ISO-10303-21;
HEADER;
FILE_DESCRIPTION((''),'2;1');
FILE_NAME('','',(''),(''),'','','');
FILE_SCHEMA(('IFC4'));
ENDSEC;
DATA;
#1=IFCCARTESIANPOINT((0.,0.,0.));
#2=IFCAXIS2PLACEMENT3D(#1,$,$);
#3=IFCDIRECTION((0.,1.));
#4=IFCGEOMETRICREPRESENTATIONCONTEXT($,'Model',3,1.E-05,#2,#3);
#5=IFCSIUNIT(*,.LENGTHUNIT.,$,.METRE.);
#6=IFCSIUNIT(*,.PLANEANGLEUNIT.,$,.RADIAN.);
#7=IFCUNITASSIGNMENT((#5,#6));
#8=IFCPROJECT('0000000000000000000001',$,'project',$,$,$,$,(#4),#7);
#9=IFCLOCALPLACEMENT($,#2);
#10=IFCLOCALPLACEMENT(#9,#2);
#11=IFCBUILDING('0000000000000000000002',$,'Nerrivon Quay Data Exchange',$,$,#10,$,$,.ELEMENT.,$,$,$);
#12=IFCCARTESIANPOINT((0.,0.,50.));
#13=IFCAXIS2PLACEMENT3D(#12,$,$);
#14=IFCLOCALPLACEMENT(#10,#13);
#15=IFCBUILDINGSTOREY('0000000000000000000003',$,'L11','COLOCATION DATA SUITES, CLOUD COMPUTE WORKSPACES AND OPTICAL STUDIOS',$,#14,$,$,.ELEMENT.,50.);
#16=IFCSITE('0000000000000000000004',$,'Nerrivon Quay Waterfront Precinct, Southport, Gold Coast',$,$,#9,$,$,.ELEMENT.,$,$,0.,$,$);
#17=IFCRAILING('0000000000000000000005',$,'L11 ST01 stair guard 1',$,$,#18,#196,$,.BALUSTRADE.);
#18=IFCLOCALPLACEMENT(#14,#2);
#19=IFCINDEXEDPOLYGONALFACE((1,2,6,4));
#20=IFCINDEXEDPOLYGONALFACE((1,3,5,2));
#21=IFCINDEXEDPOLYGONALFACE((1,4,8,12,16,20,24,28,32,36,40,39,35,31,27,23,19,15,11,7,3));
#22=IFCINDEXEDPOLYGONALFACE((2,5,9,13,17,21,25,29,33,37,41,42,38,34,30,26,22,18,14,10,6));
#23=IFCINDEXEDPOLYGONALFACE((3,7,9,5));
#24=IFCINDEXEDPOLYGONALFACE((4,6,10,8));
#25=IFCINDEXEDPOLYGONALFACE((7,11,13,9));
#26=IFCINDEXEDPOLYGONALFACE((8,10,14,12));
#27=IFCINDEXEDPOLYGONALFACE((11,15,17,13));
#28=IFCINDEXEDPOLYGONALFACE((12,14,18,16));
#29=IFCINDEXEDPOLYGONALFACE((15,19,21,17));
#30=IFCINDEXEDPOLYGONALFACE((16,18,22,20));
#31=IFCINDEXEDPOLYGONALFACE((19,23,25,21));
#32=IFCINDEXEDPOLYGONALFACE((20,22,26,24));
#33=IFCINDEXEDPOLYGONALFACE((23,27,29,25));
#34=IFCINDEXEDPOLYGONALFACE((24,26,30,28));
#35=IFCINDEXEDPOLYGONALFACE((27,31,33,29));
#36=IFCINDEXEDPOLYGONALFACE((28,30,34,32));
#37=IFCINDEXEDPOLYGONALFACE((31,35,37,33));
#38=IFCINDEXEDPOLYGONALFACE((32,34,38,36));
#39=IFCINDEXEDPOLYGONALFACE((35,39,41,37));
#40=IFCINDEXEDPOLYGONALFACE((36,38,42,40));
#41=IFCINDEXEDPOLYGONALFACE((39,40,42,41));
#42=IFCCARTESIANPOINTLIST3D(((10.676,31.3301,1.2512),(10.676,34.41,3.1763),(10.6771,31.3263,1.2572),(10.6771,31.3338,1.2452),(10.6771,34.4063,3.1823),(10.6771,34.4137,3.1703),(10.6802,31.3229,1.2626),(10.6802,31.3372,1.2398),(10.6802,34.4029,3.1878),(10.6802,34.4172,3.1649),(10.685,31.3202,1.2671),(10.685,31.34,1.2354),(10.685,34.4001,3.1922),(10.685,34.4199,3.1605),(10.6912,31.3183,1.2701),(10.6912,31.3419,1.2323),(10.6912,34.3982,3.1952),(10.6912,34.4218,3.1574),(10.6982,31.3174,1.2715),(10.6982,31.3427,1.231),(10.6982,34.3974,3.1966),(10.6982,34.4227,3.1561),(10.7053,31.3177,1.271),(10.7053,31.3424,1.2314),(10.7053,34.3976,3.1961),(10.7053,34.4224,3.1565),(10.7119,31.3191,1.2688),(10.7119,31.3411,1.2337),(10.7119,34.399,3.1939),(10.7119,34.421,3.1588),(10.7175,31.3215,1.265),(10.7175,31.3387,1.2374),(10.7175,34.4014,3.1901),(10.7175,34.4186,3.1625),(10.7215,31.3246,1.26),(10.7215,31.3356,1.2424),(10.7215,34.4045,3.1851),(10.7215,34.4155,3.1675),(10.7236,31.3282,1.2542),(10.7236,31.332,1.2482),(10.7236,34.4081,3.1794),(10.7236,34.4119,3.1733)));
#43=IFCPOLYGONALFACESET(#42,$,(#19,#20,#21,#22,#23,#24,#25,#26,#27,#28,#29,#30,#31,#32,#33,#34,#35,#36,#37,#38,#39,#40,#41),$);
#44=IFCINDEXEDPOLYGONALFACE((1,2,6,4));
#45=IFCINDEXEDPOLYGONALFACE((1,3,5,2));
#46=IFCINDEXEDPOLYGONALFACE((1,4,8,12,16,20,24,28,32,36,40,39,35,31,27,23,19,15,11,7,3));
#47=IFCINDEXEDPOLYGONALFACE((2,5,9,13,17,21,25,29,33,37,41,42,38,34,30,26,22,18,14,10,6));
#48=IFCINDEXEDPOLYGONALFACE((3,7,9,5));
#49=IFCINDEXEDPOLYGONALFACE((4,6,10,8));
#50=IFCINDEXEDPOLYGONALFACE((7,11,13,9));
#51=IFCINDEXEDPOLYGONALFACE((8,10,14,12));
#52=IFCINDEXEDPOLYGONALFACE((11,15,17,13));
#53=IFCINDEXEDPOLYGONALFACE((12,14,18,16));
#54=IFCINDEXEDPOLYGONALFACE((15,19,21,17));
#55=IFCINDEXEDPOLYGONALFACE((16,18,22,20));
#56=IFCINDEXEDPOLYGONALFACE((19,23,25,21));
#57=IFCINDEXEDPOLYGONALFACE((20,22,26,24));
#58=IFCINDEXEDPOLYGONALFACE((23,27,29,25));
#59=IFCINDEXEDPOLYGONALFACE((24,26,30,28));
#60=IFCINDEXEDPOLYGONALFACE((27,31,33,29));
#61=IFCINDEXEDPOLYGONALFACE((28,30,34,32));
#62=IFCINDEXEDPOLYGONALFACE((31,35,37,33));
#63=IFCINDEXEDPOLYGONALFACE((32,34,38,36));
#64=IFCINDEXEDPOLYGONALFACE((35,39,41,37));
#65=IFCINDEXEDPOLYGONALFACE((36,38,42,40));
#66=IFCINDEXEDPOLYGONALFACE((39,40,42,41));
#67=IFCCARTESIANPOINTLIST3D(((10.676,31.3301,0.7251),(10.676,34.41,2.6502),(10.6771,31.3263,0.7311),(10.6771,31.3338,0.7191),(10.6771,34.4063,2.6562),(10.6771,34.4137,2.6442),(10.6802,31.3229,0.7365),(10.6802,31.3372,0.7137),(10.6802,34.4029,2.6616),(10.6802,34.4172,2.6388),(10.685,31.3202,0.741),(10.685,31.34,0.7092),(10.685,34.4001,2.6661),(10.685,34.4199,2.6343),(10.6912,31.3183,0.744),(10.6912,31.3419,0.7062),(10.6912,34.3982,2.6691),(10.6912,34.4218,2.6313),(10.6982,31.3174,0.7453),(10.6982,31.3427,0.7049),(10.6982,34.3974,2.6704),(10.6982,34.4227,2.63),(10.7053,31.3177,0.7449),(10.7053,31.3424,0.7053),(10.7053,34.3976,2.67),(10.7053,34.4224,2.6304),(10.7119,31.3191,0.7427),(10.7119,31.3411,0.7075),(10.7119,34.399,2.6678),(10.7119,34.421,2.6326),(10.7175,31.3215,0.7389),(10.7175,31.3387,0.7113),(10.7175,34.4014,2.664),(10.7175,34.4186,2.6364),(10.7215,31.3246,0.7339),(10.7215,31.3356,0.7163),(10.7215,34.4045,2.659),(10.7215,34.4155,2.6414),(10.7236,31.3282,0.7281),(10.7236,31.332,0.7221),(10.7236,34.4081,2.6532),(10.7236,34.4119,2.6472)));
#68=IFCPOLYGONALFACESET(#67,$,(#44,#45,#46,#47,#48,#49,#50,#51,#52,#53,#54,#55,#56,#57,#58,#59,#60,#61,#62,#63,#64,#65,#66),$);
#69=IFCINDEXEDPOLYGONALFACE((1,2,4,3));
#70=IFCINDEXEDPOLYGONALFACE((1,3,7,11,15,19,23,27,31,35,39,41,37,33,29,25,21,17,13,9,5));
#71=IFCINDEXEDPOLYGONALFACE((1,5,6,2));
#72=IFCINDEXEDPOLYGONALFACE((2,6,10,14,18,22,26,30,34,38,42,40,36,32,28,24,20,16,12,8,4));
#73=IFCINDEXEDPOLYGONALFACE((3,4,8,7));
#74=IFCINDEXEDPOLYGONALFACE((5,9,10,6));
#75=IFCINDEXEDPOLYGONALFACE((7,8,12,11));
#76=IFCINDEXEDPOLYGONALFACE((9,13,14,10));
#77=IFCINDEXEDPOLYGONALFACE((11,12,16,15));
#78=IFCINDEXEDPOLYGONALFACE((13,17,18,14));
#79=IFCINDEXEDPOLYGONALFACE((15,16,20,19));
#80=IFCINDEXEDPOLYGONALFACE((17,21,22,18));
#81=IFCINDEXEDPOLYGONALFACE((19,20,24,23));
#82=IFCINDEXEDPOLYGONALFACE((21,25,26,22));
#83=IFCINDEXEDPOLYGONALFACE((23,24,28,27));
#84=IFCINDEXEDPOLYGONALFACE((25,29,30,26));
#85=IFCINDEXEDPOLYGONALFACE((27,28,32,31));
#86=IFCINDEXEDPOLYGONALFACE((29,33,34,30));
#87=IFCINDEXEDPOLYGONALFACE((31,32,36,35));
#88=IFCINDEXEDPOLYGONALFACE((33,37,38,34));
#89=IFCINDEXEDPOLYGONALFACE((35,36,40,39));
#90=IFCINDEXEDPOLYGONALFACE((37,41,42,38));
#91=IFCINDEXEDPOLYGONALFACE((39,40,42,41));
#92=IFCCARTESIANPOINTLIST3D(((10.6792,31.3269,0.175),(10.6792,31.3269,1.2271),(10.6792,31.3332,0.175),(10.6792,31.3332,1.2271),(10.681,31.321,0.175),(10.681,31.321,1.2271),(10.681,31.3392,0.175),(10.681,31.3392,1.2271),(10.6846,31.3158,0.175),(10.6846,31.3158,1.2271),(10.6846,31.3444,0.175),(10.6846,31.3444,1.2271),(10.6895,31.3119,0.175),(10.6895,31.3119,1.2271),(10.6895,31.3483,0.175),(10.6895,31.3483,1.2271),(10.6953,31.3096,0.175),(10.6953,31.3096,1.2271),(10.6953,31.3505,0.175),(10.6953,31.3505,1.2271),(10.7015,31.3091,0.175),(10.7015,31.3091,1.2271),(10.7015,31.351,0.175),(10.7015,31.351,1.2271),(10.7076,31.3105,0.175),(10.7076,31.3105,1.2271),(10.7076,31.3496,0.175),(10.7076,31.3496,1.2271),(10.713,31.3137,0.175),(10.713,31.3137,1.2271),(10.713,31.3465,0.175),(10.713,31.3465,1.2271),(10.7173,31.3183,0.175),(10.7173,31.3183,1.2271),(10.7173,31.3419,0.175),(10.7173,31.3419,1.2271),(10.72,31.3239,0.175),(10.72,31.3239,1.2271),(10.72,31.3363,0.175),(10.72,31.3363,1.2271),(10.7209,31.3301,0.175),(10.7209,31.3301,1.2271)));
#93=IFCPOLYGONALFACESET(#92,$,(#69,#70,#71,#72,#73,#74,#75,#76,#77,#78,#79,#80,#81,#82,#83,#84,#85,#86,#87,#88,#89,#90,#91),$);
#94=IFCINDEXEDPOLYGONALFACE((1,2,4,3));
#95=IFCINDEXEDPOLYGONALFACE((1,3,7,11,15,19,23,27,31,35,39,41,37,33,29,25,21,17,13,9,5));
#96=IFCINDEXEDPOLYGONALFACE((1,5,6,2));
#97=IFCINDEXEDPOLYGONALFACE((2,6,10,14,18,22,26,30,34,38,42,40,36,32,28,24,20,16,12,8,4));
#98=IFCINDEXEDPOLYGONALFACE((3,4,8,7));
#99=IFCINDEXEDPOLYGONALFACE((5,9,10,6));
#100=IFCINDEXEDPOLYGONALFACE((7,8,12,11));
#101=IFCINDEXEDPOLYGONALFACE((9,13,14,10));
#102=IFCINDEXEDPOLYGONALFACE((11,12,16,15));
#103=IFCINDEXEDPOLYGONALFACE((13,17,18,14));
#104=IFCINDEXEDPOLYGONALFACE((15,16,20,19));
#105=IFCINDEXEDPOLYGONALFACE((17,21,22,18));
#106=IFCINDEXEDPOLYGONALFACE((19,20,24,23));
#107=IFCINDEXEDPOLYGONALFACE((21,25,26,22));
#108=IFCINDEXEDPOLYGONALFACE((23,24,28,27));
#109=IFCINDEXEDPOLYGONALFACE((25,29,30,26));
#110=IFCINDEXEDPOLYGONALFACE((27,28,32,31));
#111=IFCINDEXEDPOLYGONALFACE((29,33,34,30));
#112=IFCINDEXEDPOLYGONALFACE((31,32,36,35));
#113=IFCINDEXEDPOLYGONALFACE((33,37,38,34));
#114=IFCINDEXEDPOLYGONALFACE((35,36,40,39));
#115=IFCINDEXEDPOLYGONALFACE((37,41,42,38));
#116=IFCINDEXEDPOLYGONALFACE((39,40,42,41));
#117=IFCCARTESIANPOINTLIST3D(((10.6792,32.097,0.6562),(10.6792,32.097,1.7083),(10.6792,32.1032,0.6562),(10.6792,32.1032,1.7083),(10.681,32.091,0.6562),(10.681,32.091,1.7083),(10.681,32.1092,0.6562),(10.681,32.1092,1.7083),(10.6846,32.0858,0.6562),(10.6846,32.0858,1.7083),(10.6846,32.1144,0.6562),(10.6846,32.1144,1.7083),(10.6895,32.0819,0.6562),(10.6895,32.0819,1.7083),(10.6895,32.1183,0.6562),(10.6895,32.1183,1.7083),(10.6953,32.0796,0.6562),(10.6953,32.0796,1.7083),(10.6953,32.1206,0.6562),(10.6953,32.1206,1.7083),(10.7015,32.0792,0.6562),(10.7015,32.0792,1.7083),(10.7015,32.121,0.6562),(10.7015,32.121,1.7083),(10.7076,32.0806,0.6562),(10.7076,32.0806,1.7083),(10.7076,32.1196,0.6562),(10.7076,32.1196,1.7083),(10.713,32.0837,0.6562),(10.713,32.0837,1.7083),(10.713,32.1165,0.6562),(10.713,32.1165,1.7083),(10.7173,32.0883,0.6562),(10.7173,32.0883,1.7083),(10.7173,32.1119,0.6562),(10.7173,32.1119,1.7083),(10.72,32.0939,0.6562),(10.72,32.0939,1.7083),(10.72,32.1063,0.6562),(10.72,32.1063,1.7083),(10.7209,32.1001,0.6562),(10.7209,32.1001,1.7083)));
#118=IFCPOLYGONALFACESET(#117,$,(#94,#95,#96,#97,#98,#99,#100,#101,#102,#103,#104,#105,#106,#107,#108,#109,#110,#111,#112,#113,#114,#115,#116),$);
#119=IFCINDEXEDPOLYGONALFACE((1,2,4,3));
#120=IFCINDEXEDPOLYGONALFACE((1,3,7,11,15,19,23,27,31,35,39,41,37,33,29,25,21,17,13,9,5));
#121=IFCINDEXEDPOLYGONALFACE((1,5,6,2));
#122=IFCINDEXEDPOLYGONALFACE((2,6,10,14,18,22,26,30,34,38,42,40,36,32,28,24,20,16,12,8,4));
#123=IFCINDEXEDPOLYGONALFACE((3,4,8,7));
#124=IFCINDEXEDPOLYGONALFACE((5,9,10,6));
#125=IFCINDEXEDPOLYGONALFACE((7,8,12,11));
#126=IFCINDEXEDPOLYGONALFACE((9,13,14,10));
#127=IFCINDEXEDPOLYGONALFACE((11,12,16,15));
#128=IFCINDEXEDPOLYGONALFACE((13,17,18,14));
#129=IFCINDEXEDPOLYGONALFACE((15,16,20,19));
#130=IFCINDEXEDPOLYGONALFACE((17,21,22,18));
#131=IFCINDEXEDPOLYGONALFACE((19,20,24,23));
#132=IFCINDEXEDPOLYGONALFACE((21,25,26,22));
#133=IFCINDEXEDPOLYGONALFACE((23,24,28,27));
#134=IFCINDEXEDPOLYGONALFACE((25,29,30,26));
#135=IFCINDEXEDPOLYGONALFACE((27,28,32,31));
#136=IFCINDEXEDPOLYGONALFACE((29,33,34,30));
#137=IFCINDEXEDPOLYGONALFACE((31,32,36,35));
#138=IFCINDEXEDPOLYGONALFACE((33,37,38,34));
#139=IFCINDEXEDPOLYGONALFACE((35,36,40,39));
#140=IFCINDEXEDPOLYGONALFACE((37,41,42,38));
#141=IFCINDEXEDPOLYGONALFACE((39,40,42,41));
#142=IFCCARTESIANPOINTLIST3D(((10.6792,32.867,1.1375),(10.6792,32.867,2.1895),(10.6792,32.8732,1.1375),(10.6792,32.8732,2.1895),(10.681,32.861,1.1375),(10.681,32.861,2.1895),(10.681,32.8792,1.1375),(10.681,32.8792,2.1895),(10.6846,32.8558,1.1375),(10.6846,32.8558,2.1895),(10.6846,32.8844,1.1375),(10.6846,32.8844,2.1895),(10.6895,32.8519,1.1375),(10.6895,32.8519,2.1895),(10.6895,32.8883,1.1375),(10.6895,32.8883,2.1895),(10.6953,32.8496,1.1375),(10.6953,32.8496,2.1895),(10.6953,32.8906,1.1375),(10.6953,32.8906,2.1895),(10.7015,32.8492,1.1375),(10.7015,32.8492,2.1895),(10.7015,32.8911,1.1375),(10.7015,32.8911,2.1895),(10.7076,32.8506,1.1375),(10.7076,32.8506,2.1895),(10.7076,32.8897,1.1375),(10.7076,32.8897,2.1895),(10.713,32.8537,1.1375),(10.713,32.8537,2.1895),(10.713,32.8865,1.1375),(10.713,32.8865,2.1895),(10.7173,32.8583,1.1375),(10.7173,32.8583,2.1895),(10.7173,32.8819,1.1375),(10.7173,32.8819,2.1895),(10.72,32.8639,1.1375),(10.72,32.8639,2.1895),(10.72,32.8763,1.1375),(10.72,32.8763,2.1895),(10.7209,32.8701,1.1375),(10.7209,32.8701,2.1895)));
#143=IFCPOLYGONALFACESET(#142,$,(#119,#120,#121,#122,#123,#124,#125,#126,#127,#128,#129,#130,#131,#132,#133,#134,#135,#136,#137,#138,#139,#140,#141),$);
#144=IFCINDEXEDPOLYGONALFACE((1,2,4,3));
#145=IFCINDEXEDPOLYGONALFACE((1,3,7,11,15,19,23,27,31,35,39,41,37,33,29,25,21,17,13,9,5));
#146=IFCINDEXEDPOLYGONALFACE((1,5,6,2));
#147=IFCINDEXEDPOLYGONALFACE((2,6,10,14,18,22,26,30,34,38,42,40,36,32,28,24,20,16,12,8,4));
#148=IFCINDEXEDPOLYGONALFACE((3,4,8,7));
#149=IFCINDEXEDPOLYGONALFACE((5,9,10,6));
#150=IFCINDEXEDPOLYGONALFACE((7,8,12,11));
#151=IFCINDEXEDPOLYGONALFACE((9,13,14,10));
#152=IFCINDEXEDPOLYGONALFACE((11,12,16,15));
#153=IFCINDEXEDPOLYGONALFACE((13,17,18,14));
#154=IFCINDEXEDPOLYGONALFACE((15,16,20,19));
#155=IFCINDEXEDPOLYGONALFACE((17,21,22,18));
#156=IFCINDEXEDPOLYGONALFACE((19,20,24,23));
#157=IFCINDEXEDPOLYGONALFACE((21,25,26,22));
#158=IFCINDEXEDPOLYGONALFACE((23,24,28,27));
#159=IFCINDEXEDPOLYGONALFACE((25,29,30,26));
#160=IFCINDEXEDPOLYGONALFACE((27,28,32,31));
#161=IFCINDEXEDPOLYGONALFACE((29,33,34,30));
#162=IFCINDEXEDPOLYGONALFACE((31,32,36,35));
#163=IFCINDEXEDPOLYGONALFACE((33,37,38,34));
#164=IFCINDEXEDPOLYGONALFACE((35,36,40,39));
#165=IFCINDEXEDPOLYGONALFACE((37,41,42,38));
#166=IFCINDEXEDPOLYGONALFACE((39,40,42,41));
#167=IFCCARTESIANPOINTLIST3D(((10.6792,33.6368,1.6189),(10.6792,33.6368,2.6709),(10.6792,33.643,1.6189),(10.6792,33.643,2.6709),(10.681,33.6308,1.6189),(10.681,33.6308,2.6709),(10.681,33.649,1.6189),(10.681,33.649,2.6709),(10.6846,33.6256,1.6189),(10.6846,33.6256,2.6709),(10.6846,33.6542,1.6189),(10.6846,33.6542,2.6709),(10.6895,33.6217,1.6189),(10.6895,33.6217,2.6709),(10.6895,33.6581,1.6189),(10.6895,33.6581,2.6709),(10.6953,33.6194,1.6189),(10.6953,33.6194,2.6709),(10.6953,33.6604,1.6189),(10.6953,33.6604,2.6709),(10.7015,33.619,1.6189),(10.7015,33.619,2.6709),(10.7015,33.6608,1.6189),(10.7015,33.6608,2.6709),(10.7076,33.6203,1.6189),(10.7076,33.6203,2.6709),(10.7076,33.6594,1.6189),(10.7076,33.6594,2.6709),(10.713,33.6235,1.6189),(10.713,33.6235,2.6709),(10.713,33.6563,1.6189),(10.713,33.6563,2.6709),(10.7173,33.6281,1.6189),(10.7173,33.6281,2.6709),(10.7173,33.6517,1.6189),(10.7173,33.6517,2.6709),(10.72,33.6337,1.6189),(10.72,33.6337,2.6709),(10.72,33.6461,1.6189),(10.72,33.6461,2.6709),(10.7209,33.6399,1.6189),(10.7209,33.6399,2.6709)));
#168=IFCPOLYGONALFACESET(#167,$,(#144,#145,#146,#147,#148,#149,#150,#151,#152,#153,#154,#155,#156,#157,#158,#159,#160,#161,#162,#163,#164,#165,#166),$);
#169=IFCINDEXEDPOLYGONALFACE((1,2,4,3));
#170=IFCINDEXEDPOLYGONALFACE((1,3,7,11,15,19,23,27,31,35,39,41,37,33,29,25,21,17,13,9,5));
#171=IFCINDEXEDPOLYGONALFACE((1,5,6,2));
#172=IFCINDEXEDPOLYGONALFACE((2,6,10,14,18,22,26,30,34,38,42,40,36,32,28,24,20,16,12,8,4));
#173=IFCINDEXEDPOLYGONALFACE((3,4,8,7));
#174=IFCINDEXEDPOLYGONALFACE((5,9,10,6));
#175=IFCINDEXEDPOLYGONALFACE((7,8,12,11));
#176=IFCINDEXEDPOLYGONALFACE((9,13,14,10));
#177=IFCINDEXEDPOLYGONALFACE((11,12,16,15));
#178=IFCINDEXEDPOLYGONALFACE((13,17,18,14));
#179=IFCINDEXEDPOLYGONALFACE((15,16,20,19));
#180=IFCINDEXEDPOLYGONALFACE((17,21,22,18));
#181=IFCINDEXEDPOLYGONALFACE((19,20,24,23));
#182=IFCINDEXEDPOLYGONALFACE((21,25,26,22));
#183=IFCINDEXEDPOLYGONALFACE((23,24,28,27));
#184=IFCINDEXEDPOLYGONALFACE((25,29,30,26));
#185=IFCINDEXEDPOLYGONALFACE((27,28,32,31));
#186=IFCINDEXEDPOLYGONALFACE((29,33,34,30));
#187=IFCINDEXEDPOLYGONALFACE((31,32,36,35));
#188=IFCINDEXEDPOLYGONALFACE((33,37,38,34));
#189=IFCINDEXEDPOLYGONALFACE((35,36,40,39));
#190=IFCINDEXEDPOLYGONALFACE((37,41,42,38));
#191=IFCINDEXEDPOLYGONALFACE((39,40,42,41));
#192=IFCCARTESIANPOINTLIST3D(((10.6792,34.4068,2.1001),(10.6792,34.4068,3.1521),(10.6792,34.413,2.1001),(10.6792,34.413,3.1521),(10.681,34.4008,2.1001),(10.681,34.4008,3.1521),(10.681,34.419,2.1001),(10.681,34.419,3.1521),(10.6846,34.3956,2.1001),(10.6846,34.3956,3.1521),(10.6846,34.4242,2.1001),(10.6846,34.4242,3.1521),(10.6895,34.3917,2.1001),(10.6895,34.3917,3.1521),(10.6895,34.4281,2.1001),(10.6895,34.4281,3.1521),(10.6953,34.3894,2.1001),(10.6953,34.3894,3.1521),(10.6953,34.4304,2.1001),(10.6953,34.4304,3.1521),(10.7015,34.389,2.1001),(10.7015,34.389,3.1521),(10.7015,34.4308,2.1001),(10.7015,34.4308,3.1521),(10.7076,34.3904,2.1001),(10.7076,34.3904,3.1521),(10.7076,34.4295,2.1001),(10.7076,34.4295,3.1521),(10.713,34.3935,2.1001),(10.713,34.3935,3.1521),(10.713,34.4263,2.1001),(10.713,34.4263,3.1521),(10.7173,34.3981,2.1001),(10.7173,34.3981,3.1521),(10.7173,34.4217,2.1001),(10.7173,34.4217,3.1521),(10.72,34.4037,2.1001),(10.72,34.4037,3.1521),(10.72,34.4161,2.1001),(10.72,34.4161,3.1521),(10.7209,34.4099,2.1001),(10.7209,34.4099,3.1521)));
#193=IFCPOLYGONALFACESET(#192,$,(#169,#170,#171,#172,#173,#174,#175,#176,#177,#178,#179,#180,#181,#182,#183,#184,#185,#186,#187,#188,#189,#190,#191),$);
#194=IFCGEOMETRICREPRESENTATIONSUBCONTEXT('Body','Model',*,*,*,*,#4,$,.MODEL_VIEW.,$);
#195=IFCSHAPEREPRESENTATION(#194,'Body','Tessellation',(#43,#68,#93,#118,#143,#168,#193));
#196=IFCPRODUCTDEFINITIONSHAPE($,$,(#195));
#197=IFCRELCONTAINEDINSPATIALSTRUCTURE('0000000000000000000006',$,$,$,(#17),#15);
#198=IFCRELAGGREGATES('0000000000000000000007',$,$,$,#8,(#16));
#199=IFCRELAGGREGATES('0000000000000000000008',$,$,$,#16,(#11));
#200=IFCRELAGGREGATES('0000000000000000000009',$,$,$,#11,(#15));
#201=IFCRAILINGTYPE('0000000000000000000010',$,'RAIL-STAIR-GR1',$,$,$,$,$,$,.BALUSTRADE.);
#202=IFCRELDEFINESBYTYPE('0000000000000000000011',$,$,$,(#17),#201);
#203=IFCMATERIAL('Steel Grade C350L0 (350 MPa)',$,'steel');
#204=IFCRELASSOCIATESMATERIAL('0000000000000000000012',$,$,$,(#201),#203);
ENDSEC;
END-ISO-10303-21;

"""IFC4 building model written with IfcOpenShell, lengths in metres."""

from ifc_helpers import new_model, si_unit, direction, frame, origin, origin_2d, place, context, subcontext, project, spatial, circle, extrude, material, type_object, element, save


model = new_model("IFC4")

# Units and contexts
model_context = context("Model", 3, precision=1e-05, world=origin(), true_north=direction((0.0, 1.0)))
body_context = subcontext(model_context, "Body", "Model", "MODEL_VIEW")
ifc_project = project(units=[si_unit("LENGTHUNIT", "METRE"), si_unit("PLANEANGLEUNIT", "RADIAN")], contexts=[model_context])

# Site, building, storey
site_placement = place(None, origin())
site = spatial("IfcSite", under=ifc_project, at=site_placement, Name="Nerrivon Quay Waterfront Precinct, Southport, Gold Coast", CompositionType="ELEMENT", RefElevation=0.0)
building_placement = place(site_placement, origin())
building = spatial("IfcBuilding", under=site, at=building_placement, Name="Nerrivon Quay Data Exchange", CompositionType="ELEMENT")
storey_placement = place(building_placement, frame((0.0, 0.0, 50.0)))
storey = spatial("IfcBuildingStorey", under=building, at=storey_placement, Name="L11", Description="COLOCATION DATA SUITES, CLOUD COMPUTE WORKSPACES AND OPTICAL STUDIOS", CompositionType="ELEMENT", Elevation=50.0)

# Railing
ifc_material_1 = material(Name="Steel Grade C350L0 (350 MPa)", Category="steel")
railing_type_1 = type_object("IfcRailingType", Name="RAIL-STAIR-GR1", PredefinedType="BALUSTRADE", material=ifc_material_1)
railing_1_placement = place(storey_placement, frame((10.7, 31.3301, 0.175)))
element("IfcRailing", 1, at=railing_1_placement, inside=storey, type_object=railing_type_1, Name="L11 ST01 stair guard 1", PredefinedType="BALUSTRADE", context=body_context, shape_type="SweptSolid", body=[
    extrude(circle(Radius=0.0239, at=origin_2d()), frame((0.0, 0.0, 1.0762), z_axis=(0.0, 0.847979, 0.530029), x_axis=(-1.0, 0.0, 0.0)), (0.0, 0.0, 1.0), 3.6321),
    extrude(circle(Radius=0.0239, at=origin_2d()), frame((0.0, 0.0, 0.55), z_axis=(0.0, 0.847979, 0.530029), x_axis=(-1.0, 0.0, 0.0)), (0.0, 0.0, 1.0), 3.6321),
    extrude(circle(Radius=0.021, at=origin_2d()), origin(), (0.0, 0.0, 1.0), 1.052),
    extrude(circle(Radius=0.021, at=origin_2d()), frame((0.0, 0.77, 0.4812)), (0.0, 0.0, 1.0), 1.052),
    extrude(circle(Radius=0.021, at=origin_2d()), frame((0.0, 1.54, 0.9624)), (0.0, 0.0, 1.0), 1.052),
    extrude(circle(Radius=0.021, at=origin_2d()), frame((0.0, 2.3098, 1.4438)), (0.0, 0.0, 1.0), 1.052),
    extrude(circle(Radius=0.021, at=origin_2d()), frame((0.0, 3.0798, 1.925)), (0.0, 0.0, 1.0), 1.052),
])

save(model, "model.ifc")
